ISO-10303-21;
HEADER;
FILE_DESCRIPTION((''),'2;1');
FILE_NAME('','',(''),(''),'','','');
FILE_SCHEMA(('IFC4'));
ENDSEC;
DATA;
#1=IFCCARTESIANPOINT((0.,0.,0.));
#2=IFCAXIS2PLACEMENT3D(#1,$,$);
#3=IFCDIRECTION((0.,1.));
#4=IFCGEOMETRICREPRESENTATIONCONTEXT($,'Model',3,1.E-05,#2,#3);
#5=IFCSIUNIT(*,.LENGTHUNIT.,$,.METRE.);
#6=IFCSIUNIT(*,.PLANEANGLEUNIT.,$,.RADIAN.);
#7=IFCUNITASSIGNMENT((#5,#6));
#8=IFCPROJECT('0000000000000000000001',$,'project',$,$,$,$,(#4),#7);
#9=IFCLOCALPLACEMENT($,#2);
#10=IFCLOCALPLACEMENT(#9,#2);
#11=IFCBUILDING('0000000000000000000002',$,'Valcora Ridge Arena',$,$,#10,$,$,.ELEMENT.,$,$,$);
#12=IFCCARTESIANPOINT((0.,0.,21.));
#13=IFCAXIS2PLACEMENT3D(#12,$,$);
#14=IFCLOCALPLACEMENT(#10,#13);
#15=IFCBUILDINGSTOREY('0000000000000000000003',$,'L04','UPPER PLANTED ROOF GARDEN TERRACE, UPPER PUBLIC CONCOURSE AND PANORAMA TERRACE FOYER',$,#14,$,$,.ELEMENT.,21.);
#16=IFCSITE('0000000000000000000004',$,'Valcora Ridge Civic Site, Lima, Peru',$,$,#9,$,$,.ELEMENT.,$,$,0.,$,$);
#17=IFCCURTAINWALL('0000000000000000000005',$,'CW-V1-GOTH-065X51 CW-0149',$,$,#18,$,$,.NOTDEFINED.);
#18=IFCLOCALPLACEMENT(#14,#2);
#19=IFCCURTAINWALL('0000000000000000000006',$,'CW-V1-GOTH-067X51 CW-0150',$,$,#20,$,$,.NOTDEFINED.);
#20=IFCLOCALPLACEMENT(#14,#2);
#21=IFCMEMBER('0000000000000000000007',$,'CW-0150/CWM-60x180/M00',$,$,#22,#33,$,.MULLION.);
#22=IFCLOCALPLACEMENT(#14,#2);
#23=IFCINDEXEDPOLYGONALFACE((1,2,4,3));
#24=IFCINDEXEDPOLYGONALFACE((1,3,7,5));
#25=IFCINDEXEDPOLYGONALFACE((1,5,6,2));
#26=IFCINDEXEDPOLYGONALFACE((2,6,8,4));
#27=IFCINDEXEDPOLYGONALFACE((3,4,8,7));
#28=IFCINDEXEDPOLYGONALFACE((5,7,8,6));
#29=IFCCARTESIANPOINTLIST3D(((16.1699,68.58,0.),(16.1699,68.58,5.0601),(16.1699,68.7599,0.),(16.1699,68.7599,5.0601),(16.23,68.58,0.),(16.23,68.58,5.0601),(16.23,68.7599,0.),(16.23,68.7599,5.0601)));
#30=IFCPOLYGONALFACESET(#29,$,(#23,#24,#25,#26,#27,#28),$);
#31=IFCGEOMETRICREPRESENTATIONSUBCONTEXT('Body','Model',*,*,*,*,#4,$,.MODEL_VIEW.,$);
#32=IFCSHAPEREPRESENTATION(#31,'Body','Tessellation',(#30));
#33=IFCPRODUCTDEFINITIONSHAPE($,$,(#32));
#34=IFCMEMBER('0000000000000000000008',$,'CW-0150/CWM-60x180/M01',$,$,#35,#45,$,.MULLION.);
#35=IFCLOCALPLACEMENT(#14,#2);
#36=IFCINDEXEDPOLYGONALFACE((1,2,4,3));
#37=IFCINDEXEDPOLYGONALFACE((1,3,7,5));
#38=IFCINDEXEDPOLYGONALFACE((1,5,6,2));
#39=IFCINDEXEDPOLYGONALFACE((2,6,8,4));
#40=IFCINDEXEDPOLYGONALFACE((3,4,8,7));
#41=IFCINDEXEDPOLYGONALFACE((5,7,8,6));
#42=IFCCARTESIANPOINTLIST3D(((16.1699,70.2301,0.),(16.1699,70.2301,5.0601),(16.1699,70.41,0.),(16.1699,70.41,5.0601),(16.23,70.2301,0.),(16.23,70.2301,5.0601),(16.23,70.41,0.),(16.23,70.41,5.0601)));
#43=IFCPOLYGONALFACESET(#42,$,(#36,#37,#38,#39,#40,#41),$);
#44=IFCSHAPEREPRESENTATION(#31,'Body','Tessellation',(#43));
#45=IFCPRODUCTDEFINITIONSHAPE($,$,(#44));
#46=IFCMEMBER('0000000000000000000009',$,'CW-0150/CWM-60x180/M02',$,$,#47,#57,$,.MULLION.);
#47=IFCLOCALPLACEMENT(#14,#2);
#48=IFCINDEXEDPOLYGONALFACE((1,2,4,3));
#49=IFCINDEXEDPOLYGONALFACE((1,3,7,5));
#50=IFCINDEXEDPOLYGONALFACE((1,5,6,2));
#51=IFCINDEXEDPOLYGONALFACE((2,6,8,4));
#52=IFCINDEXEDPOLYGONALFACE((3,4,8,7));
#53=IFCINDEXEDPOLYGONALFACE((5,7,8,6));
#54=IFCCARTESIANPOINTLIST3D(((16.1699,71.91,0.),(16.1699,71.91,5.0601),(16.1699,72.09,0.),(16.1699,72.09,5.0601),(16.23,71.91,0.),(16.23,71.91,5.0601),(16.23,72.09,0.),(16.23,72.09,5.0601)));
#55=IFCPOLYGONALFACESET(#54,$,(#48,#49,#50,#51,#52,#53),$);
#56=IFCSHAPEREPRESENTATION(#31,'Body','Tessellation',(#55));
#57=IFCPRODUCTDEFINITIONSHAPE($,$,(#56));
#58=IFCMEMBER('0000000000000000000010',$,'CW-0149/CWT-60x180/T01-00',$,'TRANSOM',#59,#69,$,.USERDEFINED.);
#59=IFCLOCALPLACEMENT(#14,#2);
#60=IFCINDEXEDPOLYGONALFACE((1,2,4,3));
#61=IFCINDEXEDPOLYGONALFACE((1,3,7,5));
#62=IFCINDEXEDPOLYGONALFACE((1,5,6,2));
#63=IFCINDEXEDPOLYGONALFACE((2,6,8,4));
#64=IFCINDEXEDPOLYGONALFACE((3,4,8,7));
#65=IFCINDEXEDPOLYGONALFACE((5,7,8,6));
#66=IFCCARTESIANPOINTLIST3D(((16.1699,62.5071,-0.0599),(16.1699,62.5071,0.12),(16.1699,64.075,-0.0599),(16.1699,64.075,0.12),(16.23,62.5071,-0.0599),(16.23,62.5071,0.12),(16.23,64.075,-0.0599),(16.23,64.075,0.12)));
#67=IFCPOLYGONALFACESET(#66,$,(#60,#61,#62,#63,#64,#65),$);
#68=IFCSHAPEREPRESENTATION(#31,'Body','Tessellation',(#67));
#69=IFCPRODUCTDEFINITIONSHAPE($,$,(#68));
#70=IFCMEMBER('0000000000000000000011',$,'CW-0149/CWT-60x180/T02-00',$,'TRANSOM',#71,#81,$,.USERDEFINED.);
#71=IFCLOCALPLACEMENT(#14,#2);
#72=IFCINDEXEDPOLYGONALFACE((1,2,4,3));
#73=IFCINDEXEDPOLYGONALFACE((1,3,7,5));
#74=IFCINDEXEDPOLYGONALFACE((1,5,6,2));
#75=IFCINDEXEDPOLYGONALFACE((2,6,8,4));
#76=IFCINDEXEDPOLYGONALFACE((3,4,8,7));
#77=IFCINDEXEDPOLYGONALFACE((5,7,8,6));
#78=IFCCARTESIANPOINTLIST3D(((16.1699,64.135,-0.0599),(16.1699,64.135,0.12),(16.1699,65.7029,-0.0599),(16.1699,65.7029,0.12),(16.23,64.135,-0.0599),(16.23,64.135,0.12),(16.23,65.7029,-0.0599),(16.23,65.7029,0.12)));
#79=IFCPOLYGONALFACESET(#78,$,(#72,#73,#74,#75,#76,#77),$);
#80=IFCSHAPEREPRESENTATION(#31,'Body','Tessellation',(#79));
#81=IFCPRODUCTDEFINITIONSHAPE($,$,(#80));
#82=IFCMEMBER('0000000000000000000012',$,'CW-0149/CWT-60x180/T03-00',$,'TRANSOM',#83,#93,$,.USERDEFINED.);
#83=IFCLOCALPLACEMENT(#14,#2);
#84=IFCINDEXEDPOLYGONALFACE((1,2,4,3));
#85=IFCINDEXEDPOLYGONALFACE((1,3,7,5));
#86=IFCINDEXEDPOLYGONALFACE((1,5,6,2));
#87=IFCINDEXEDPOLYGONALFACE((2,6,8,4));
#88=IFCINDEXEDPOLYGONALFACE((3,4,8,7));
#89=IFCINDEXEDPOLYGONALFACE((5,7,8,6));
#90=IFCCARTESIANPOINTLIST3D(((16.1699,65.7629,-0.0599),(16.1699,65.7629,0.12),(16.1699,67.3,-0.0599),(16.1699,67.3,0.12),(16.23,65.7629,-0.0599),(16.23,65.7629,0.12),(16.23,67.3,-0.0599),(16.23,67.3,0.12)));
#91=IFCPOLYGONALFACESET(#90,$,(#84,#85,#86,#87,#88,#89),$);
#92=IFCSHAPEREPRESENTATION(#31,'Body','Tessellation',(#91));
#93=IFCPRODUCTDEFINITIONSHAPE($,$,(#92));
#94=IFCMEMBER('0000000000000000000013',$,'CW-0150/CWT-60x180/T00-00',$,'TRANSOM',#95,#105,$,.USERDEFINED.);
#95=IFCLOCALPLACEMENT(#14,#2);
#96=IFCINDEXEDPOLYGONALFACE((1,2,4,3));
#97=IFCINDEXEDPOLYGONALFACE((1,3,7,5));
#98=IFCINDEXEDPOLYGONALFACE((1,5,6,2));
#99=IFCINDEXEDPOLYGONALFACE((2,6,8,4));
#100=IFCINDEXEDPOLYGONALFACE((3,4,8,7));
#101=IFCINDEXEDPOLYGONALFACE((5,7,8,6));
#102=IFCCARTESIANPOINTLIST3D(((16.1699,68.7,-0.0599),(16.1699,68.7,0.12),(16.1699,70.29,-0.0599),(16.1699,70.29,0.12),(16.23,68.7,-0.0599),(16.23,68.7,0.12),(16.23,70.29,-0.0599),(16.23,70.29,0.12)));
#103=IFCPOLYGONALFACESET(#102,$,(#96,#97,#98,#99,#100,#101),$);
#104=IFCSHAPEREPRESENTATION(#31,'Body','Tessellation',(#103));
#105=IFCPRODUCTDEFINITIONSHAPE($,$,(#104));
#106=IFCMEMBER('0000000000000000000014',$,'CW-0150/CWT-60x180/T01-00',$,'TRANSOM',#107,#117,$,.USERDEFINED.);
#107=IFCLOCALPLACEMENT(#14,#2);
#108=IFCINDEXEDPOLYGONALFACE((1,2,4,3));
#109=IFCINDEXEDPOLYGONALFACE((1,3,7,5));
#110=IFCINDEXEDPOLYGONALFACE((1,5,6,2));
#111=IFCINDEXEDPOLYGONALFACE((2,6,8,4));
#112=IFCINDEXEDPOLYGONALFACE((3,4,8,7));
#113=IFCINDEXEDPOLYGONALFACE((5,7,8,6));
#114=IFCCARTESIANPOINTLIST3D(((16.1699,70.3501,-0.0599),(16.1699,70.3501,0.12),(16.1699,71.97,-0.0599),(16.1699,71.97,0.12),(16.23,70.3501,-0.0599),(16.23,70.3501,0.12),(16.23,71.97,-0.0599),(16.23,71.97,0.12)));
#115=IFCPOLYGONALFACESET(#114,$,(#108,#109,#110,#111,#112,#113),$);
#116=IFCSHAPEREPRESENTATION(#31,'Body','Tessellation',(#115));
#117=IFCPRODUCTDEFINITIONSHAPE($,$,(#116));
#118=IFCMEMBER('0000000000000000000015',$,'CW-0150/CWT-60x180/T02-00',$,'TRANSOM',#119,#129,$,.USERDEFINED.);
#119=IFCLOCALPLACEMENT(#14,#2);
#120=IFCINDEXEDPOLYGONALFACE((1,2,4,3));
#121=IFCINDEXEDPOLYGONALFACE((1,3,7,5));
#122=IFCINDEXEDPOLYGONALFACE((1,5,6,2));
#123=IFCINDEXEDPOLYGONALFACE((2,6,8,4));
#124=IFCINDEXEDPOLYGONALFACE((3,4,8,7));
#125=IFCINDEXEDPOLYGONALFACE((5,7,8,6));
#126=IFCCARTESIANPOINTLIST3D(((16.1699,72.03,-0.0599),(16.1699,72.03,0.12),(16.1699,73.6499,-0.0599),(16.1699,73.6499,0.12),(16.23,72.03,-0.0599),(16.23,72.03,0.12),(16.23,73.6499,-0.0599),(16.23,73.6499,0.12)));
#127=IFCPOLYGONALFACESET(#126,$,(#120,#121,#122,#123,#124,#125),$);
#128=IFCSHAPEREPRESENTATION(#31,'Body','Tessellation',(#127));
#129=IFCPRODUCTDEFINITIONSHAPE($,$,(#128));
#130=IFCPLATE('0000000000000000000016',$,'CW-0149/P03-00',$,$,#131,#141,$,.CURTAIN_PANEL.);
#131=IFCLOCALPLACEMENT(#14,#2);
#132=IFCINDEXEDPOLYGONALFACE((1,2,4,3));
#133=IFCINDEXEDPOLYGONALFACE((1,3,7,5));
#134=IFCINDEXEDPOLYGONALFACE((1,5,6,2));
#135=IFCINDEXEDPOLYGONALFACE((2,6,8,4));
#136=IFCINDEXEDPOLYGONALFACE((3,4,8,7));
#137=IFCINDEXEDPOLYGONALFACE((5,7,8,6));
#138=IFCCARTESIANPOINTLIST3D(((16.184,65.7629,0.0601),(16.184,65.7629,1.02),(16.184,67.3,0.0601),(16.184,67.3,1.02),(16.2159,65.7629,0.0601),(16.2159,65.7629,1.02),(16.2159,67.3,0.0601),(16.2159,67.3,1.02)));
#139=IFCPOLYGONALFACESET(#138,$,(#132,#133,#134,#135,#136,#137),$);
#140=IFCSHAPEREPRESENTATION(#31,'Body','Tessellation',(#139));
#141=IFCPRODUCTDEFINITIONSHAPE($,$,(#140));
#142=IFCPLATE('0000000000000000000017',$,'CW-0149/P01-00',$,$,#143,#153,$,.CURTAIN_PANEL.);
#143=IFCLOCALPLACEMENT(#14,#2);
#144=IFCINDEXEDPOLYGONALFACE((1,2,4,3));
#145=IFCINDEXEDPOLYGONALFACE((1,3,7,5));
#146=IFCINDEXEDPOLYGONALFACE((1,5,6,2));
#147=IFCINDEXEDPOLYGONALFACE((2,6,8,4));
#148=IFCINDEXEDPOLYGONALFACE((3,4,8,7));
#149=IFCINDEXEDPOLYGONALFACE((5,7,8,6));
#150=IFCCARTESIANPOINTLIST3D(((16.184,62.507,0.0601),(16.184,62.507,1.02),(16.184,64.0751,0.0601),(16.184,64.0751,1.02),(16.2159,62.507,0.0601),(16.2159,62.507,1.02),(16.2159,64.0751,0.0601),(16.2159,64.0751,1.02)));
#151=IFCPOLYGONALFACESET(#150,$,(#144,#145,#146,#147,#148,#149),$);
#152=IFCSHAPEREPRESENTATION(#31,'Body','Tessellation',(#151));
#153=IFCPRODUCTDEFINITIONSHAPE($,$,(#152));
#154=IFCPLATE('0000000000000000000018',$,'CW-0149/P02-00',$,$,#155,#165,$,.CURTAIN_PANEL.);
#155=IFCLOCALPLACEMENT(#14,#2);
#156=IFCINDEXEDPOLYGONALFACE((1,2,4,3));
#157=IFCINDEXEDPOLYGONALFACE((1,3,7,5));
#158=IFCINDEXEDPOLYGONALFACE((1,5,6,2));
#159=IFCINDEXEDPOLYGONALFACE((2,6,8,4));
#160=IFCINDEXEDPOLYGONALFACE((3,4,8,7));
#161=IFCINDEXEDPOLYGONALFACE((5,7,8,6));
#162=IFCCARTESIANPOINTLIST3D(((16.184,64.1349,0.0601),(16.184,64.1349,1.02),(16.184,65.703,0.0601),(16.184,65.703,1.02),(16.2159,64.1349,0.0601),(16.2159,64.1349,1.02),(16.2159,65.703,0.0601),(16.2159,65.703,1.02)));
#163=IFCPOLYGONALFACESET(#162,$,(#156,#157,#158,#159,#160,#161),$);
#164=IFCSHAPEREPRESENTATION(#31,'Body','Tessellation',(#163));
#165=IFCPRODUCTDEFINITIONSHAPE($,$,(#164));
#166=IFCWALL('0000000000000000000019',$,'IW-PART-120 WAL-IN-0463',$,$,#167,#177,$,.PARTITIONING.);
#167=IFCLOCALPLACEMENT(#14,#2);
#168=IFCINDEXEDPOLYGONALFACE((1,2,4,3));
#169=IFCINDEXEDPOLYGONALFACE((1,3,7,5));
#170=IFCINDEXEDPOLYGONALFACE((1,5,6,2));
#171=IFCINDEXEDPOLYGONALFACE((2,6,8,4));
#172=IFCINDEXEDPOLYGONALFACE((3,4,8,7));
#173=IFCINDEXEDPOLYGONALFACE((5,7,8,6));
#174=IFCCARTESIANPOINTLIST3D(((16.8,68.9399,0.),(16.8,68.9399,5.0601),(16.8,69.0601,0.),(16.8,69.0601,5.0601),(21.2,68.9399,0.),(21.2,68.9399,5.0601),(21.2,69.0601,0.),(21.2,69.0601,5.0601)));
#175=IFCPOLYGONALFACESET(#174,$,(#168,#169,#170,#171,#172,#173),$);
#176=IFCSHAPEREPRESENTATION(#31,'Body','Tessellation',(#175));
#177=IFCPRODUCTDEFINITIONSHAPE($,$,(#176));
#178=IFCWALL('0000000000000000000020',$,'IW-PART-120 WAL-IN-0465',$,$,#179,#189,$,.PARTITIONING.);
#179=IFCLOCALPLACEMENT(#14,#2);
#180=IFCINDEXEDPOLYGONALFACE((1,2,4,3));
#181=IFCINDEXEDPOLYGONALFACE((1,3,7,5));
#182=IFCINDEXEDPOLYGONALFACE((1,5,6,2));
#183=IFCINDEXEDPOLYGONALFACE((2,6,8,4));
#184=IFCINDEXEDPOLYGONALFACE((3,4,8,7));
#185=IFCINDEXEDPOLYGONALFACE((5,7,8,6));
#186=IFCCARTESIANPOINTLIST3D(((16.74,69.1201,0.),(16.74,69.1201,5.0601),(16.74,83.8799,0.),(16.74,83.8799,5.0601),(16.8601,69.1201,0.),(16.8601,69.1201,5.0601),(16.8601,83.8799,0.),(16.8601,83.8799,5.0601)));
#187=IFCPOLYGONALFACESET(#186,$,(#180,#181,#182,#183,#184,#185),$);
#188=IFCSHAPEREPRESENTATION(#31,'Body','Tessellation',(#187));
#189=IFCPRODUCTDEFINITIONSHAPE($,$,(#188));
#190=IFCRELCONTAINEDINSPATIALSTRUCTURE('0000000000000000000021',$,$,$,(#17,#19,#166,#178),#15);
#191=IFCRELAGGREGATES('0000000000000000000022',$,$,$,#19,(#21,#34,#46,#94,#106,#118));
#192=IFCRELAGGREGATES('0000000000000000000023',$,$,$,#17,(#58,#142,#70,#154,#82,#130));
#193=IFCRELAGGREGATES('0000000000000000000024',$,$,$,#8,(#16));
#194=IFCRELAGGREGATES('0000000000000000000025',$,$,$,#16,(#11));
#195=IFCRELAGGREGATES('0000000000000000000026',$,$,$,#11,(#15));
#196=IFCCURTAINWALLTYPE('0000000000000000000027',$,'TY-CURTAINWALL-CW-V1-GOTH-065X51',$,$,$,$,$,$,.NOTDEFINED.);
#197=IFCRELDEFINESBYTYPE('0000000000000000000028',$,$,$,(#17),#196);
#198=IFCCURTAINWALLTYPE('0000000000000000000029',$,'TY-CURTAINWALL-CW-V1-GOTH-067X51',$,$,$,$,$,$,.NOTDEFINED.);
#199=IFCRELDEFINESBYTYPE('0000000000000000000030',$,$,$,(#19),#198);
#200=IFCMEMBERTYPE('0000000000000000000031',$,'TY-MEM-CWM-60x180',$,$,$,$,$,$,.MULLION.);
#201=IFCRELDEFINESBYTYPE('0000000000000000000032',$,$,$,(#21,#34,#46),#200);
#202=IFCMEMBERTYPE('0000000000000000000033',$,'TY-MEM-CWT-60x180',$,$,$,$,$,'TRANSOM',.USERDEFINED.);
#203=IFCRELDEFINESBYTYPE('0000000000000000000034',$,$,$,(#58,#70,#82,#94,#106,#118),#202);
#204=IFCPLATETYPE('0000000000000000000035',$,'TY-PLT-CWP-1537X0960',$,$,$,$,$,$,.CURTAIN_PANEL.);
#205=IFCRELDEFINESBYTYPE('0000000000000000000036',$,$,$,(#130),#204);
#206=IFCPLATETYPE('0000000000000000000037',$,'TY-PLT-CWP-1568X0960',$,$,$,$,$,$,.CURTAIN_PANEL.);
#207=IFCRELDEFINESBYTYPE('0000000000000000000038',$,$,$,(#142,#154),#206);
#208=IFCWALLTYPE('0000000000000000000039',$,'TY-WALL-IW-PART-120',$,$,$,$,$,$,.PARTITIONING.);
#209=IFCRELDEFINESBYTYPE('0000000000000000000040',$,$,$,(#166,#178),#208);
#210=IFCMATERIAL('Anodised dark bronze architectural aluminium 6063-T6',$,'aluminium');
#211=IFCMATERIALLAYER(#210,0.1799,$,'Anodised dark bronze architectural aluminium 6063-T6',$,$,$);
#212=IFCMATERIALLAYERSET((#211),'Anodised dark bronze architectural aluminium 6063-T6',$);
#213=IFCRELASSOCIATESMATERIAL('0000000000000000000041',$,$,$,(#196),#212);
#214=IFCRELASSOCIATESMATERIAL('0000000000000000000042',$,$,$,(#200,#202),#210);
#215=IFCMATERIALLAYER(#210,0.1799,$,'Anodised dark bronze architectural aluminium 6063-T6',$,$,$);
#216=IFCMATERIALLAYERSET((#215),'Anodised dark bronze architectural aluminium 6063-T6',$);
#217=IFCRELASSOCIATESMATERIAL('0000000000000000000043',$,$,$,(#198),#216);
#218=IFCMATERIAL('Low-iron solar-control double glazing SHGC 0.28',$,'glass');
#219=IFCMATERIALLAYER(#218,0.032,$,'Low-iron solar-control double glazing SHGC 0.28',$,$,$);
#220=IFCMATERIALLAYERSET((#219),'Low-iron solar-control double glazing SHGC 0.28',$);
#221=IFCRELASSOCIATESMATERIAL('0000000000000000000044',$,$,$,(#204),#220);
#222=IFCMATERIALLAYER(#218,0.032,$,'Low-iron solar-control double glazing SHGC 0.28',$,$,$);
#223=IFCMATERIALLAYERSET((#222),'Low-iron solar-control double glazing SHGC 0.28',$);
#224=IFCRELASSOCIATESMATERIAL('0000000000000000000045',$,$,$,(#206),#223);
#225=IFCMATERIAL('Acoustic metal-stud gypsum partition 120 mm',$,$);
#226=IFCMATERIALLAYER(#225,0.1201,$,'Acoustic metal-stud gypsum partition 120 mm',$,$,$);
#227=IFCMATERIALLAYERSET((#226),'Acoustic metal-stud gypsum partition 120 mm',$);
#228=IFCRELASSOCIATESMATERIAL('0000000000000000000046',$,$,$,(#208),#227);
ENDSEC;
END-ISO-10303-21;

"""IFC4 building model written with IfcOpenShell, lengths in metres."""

from ifc_helpers import new_model, si_unit, direction, frame, frame_2d, origin, origin_2d, place, context, subcontext, project, spatial, rectangle, extrude, material, layer, layer_set, material_profile, profile_set, type_object, element, aggregate, save


model = new_model("IFC4")

# Units and contexts
model_context = context("Model", 3, precision=1e-05, world=origin(), true_north=direction((0.0, 1.0)))
body_context = subcontext(model_context, "Body", "Model", "MODEL_VIEW")
ifc_project = project(units=[si_unit("LENGTHUNIT", "METRE"), si_unit("PLANEANGLEUNIT", "RADIAN")], contexts=[model_context])

# Site, building, storey
site_placement = place(None, origin())
site = spatial("IfcSite", under=ifc_project, at=site_placement, Name="Valcora Ridge Civic Site, Lima, Peru", CompositionType="ELEMENT", RefElevation=0.0)
building_placement = place(site_placement, origin())
building = spatial("IfcBuilding", under=site, at=building_placement, Name="Valcora Ridge Arena", CompositionType="ELEMENT")
storey_placement = place(building_placement, frame((0.0, 0.0, 21.0)))
storey = spatial("IfcBuildingStorey", under=building, at=storey_placement, Name="L04", Description="UPPER PLANTED ROOF GARDEN TERRACE, UPPER PUBLIC CONCOURSE AND PANORAMA TERRACE FOYER", CompositionType="ELEMENT", Elevation=21.0)

# Curtain walls, members
ifc_material_1 = material(Name="Anodised dark bronze architectural aluminium 6063-T6", Category="aluminium")
ifc_layer_1 = layer(ifc_material_1, 0.1799, Name="Anodised dark bronze architectural aluminium 6063-T6")
ifc_layer_set_1 = layer_set([ifc_layer_1], Name="Anodised dark bronze architectural aluminium 6063-T6")
curtain_wall_type_1 = type_object("IfcCurtainWallType", Name="TY-CURTAINWALL-CW-V1-GOTH-065X51", PredefinedType="NOTDEFINED", material=ifc_layer_set_1)
curtain_wall_1_placement = place(storey_placement, origin())
curtain_wall_1 = element("IfcCurtainWall", 1, at=curtain_wall_1_placement, inside=storey, type_object=curtain_wall_type_1, Name="CW-V1-GOTH-065X51 CW-0149", PredefinedType="NOTDEFINED")
ifc_material_profile_1 = material_profile(ifc_material_1, rectangle(XDim=0.0601, YDim=0.1799, at=origin_2d()), Name="ALU MULLION 60x180")
ifc_profile_set_1 = profile_set([ifc_material_profile_1], Name="Anodised dark bronze architectural aluminium 6063-T6")
member_type_1 = type_object("IfcMemberType", Name="TY-MEM-CWM-60x180", PredefinedType="MULLION", material=ifc_profile_set_1)
ifc_layer_2 = layer(ifc_material_1, 0.1799, Name="Anodised dark bronze architectural aluminium 6063-T6")
ifc_layer_set_2 = layer_set([ifc_layer_2], Name="Anodised dark bronze architectural aluminium 6063-T6")
curtain_wall_type_2 = type_object("IfcCurtainWallType", Name="TY-CURTAINWALL-CW-V1-GOTH-067X51", PredefinedType="NOTDEFINED", material=ifc_layer_set_2)
curtain_wall_2_placement = place(storey_placement, origin())
curtain_wall_2 = element("IfcCurtainWall", 2, at=curtain_wall_2_placement, inside=storey, type_object=curtain_wall_type_2, Name="CW-V1-GOTH-067X51 CW-0150", PredefinedType="NOTDEFINED")
member_1_placement = place(storey_placement, frame((16.2, 68.6699, 0.0), z_axis=(0.0, 0.0, 1.0), x_axis=(-1.0, 0.0, 0.0)))
member_1 = element("IfcMember", 3, at=member_1_placement, type_object=member_type_1, Name="CW-0150/CWM-60x180/M00", PredefinedType="MULLION", context=body_context, shape_type="SweptSolid", body=[
    extrude(rectangle(XDim=0.0601, YDim=0.1799, at=origin_2d()), origin(), (0.0, 0.0, 1.0), 5.0601),
])
member_2_placement = place(storey_placement, frame((16.2, 70.3201, 0.0), z_axis=(0.0, 0.0, 1.0), x_axis=(-1.0, 0.0, 0.0)))
member_2 = element("IfcMember", 4, at=member_2_placement, type_object=member_type_1, Name="CW-0150/CWM-60x180/M01", PredefinedType="MULLION", context=body_context, shape_type="SweptSolid", body=[
    extrude(rectangle(XDim=0.0601, YDim=0.1799, at=origin_2d()), origin(), (0.0, 0.0, 1.0), 5.0601),
])
member_3_placement = place(storey_placement, frame((16.2, 72.0, 0.0), z_axis=(0.0, 0.0, 1.0), x_axis=(-1.0, 0.0, 0.0)))
member_3 = element("IfcMember", 5, at=member_3_placement, type_object=member_type_1, Name="CW-0150/CWM-60x180/M02", PredefinedType="MULLION", context=body_context, shape_type="SweptSolid", body=[
    extrude(rectangle(XDim=0.0601, YDim=0.1799, at=origin_2d()), origin(), (0.0, 0.0, 1.0), 5.0601),
])

# Members
ifc_material_profile_2 = material_profile(ifc_material_1, rectangle(XDim=0.0601, YDim=0.1799, at=origin_2d()), Name="ALU TRANSOM 60x180")
ifc_profile_set_2 = profile_set([ifc_material_profile_2], Name="Anodised dark bronze architectural aluminium 6063-T6")
member_type_2 = type_object("IfcMemberType", Name="TY-MEM-CWT-60x180", ElementType="TRANSOM", PredefinedType="USERDEFINED", material=ifc_profile_set_2)
member_4_placement = place(storey_placement, frame((16.2, 62.5071, 0.03), z_axis=(0.0, 1.0, 0.0), x_axis=(-1.0, 0.0, 0.0)))
member_4 = element("IfcMember", 6, at=member_4_placement, type_object=member_type_2, Name="CW-0149/CWT-60x180/T01-00", ObjectType="TRANSOM", PredefinedType="USERDEFINED", context=body_context, shape_type="SweptSolid", body=[
    extrude(rectangle(XDim=0.0601, YDim=0.1799, at=origin_2d()), origin(), (0.0, 0.0, 1.0), 1.5679),
])
member_5_placement = place(storey_placement, frame((16.2, 64.135, 0.03), z_axis=(0.0, 1.0, 0.0), x_axis=(-1.0, 0.0, 0.0)))
member_5 = element("IfcMember", 7, at=member_5_placement, type_object=member_type_2, Name="CW-0149/CWT-60x180/T02-00", ObjectType="TRANSOM", PredefinedType="USERDEFINED", context=body_context, shape_type="SweptSolid", body=[
    extrude(rectangle(XDim=0.0601, YDim=0.1799, at=origin_2d()), origin(), (0.0, 0.0, 1.0), 1.5679),
])
member_6_placement = place(storey_placement, frame((16.2, 65.7629, 0.03), z_axis=(0.0, 1.0, 0.0), x_axis=(-1.0, 0.0, 0.0)))
member_6 = element("IfcMember", 8, at=member_6_placement, type_object=member_type_2, Name="CW-0149/CWT-60x180/T03-00", ObjectType="TRANSOM", PredefinedType="USERDEFINED", context=body_context, shape_type="SweptSolid", body=[
    extrude(rectangle(XDim=0.0601, YDim=0.1799, at=origin_2d()), origin(), (0.0, 0.0, 1.0), 1.5371),
])
member_7_placement = place(storey_placement, frame((16.2, 68.7, 0.03), z_axis=(0.0, 1.0, 0.0), x_axis=(-1.0, 0.0, 0.0)))
member_7 = element("IfcMember", 9, at=member_7_placement, type_object=member_type_2, Name="CW-0150/CWT-60x180/T00-00", ObjectType="TRANSOM", PredefinedType="USERDEFINED", context=body_context, shape_type="SweptSolid", body=[
    extrude(rectangle(XDim=0.0601, YDim=0.1799, at=origin_2d()), origin(), (0.0, 0.0, 1.0), 1.5901),
])
member_8_placement = place(storey_placement, frame((16.2, 70.3501, 0.03), z_axis=(0.0, 1.0, 0.0), x_axis=(-1.0, 0.0, 0.0)))
member_8 = element("IfcMember", 10, at=member_8_placement, type_object=member_type_2, Name="CW-0150/CWT-60x180/T01-00", ObjectType="TRANSOM", PredefinedType="USERDEFINED", context=body_context, shape_type="SweptSolid", body=[
    extrude(rectangle(XDim=0.0601, YDim=0.1799, at=origin_2d()), origin(), (0.0, 0.0, 1.0), 1.6199),
])
member_9_placement = place(storey_placement, frame((16.2, 72.03, 0.03), z_axis=(0.0, 1.0, 0.0), x_axis=(-1.0, 0.0, 0.0)))
member_9 = element("IfcMember", 11, at=member_9_placement, type_object=member_type_2, Name="CW-0150/CWT-60x180/T02-00", ObjectType="TRANSOM", PredefinedType="USERDEFINED", context=body_context, shape_type="SweptSolid", body=[
    extrude(rectangle(XDim=0.0601, YDim=0.1799, at=origin_2d()), origin(), (0.0, 0.0, 1.0), 1.6199),
])
aggregate(curtain_wall_2, [member_1, member_2, member_3, member_7, member_8, member_9])

# Plates
ifc_material_2 = material(Name="Low-iron solar-control double glazing SHGC 0.28", Category="glass")
ifc_layer_3 = layer(ifc_material_2, 0.032, Name="Low-iron solar-control double glazing SHGC 0.28")
ifc_layer_set_3 = layer_set([ifc_layer_3], Name="Low-iron solar-control double glazing SHGC 0.28")
plate_type_1 = type_object("IfcPlateType", Name="TY-PLT-CWP-1537X0960", PredefinedType="CURTAIN_PANEL", material=ifc_layer_set_3)
plate_1_placement = place(storey_placement, frame((16.2, 66.5315, 0.0601), z_axis=(0.0, 0.0, 1.0), x_axis=(0.0, 1.0, 0.0)))
plate_1 = element("IfcPlate", 12, at=plate_1_placement, type_object=plate_type_1, Name="CW-0149/P03-00", PredefinedType="CURTAIN_PANEL", context=body_context, shape_type="SweptSolid", body=[
    extrude(rectangle(XDim=1.5371, YDim=0.032, at=origin_2d()), origin(), (0.0, 0.0, 1.0), 0.96),
])
ifc_layer_4 = layer(ifc_material_2, 0.032, Name="Low-iron solar-control double glazing SHGC 0.28")
ifc_layer_set_4 = layer_set([ifc_layer_4], Name="Low-iron solar-control double glazing SHGC 0.28")
plate_type_2 = type_object("IfcPlateType", Name="TY-PLT-CWP-1568X0960", PredefinedType="CURTAIN_PANEL", material=ifc_layer_set_4)
plate_2_placement = place(storey_placement, frame((16.2, 63.291, 0.0601), z_axis=(0.0, 0.0, 1.0), x_axis=(0.0, 1.0, 0.0)))
plate_2 = element("IfcPlate", 13, at=plate_2_placement, type_object=plate_type_2, Name="CW-0149/P01-00", PredefinedType="CURTAIN_PANEL", context=body_context, shape_type="SweptSolid", body=[
    extrude(rectangle(XDim=1.5681, YDim=0.032, at=origin_2d()), origin(), (0.0, 0.0, 1.0), 0.96),
])
plate_3_placement = place(storey_placement, frame((16.2, 64.9189, 0.0601), z_axis=(0.0, 0.0, 1.0), x_axis=(0.0, 1.0, 0.0)))
plate_3 = element("IfcPlate", 14, at=plate_3_placement, type_object=plate_type_2, Name="CW-0149/P02-00", PredefinedType="CURTAIN_PANEL", context=body_context, shape_type="SweptSolid", body=[
    extrude(rectangle(XDim=1.5681, YDim=0.032, at=origin_2d()), origin(), (0.0, 0.0, 1.0), 0.96),
])
aggregate(curtain_wall_1, [member_4, plate_2, member_5, plate_3, member_6, plate_1])

# Walls
ifc_material_3 = material(Name="Acoustic metal-stud gypsum partition 120 mm")
ifc_layer_5 = layer(ifc_material_3, 0.1201, Name="Acoustic metal-stud gypsum partition 120 mm")
ifc_layer_set_5 = layer_set([ifc_layer_5], Name="Acoustic metal-stud gypsum partition 120 mm")
wall_type_1 = type_object("IfcWallType", Name="TY-WALL-IW-PART-120", PredefinedType="PARTITIONING", material=ifc_layer_set_5)
wall_1_placement = place(storey_placement, frame((16.8, 69.0, 0.0), z_axis=(0.0, 0.0, 1.0), x_axis=(1.0, 0.0, 0.0)))
element("IfcWall", 15, at=wall_1_placement, inside=storey, type_object=wall_type_1, Name="IW-PART-120 WAL-IN-0463", PredefinedType="PARTITIONING", context=body_context, shape_type="SweptSolid", body=[
    extrude(rectangle(XDim=4.3999, YDim=0.1201, at=frame_2d((2.2, 0.0))), origin(), (0.0, 0.0, 1.0), 5.0601),
])
wall_2_placement = place(storey_placement, frame((16.8, 69.1201, 0.0), z_axis=(0.0, 0.0, 1.0), x_axis=(0.0, 1.0, 0.0)))
element("IfcWall", 16, at=wall_2_placement, inside=storey, type_object=wall_type_1, Name="IW-PART-120 WAL-IN-0465", PredefinedType="PARTITIONING", context=body_context, shape_type="SweptSolid", body=[
    extrude(rectangle(XDim=14.7598, YDim=0.1201, at=frame_2d((7.3799, 0.0))), origin(), (0.0, 0.0, 1.0), 5.0601),
])

save(model, "model.ifc")
